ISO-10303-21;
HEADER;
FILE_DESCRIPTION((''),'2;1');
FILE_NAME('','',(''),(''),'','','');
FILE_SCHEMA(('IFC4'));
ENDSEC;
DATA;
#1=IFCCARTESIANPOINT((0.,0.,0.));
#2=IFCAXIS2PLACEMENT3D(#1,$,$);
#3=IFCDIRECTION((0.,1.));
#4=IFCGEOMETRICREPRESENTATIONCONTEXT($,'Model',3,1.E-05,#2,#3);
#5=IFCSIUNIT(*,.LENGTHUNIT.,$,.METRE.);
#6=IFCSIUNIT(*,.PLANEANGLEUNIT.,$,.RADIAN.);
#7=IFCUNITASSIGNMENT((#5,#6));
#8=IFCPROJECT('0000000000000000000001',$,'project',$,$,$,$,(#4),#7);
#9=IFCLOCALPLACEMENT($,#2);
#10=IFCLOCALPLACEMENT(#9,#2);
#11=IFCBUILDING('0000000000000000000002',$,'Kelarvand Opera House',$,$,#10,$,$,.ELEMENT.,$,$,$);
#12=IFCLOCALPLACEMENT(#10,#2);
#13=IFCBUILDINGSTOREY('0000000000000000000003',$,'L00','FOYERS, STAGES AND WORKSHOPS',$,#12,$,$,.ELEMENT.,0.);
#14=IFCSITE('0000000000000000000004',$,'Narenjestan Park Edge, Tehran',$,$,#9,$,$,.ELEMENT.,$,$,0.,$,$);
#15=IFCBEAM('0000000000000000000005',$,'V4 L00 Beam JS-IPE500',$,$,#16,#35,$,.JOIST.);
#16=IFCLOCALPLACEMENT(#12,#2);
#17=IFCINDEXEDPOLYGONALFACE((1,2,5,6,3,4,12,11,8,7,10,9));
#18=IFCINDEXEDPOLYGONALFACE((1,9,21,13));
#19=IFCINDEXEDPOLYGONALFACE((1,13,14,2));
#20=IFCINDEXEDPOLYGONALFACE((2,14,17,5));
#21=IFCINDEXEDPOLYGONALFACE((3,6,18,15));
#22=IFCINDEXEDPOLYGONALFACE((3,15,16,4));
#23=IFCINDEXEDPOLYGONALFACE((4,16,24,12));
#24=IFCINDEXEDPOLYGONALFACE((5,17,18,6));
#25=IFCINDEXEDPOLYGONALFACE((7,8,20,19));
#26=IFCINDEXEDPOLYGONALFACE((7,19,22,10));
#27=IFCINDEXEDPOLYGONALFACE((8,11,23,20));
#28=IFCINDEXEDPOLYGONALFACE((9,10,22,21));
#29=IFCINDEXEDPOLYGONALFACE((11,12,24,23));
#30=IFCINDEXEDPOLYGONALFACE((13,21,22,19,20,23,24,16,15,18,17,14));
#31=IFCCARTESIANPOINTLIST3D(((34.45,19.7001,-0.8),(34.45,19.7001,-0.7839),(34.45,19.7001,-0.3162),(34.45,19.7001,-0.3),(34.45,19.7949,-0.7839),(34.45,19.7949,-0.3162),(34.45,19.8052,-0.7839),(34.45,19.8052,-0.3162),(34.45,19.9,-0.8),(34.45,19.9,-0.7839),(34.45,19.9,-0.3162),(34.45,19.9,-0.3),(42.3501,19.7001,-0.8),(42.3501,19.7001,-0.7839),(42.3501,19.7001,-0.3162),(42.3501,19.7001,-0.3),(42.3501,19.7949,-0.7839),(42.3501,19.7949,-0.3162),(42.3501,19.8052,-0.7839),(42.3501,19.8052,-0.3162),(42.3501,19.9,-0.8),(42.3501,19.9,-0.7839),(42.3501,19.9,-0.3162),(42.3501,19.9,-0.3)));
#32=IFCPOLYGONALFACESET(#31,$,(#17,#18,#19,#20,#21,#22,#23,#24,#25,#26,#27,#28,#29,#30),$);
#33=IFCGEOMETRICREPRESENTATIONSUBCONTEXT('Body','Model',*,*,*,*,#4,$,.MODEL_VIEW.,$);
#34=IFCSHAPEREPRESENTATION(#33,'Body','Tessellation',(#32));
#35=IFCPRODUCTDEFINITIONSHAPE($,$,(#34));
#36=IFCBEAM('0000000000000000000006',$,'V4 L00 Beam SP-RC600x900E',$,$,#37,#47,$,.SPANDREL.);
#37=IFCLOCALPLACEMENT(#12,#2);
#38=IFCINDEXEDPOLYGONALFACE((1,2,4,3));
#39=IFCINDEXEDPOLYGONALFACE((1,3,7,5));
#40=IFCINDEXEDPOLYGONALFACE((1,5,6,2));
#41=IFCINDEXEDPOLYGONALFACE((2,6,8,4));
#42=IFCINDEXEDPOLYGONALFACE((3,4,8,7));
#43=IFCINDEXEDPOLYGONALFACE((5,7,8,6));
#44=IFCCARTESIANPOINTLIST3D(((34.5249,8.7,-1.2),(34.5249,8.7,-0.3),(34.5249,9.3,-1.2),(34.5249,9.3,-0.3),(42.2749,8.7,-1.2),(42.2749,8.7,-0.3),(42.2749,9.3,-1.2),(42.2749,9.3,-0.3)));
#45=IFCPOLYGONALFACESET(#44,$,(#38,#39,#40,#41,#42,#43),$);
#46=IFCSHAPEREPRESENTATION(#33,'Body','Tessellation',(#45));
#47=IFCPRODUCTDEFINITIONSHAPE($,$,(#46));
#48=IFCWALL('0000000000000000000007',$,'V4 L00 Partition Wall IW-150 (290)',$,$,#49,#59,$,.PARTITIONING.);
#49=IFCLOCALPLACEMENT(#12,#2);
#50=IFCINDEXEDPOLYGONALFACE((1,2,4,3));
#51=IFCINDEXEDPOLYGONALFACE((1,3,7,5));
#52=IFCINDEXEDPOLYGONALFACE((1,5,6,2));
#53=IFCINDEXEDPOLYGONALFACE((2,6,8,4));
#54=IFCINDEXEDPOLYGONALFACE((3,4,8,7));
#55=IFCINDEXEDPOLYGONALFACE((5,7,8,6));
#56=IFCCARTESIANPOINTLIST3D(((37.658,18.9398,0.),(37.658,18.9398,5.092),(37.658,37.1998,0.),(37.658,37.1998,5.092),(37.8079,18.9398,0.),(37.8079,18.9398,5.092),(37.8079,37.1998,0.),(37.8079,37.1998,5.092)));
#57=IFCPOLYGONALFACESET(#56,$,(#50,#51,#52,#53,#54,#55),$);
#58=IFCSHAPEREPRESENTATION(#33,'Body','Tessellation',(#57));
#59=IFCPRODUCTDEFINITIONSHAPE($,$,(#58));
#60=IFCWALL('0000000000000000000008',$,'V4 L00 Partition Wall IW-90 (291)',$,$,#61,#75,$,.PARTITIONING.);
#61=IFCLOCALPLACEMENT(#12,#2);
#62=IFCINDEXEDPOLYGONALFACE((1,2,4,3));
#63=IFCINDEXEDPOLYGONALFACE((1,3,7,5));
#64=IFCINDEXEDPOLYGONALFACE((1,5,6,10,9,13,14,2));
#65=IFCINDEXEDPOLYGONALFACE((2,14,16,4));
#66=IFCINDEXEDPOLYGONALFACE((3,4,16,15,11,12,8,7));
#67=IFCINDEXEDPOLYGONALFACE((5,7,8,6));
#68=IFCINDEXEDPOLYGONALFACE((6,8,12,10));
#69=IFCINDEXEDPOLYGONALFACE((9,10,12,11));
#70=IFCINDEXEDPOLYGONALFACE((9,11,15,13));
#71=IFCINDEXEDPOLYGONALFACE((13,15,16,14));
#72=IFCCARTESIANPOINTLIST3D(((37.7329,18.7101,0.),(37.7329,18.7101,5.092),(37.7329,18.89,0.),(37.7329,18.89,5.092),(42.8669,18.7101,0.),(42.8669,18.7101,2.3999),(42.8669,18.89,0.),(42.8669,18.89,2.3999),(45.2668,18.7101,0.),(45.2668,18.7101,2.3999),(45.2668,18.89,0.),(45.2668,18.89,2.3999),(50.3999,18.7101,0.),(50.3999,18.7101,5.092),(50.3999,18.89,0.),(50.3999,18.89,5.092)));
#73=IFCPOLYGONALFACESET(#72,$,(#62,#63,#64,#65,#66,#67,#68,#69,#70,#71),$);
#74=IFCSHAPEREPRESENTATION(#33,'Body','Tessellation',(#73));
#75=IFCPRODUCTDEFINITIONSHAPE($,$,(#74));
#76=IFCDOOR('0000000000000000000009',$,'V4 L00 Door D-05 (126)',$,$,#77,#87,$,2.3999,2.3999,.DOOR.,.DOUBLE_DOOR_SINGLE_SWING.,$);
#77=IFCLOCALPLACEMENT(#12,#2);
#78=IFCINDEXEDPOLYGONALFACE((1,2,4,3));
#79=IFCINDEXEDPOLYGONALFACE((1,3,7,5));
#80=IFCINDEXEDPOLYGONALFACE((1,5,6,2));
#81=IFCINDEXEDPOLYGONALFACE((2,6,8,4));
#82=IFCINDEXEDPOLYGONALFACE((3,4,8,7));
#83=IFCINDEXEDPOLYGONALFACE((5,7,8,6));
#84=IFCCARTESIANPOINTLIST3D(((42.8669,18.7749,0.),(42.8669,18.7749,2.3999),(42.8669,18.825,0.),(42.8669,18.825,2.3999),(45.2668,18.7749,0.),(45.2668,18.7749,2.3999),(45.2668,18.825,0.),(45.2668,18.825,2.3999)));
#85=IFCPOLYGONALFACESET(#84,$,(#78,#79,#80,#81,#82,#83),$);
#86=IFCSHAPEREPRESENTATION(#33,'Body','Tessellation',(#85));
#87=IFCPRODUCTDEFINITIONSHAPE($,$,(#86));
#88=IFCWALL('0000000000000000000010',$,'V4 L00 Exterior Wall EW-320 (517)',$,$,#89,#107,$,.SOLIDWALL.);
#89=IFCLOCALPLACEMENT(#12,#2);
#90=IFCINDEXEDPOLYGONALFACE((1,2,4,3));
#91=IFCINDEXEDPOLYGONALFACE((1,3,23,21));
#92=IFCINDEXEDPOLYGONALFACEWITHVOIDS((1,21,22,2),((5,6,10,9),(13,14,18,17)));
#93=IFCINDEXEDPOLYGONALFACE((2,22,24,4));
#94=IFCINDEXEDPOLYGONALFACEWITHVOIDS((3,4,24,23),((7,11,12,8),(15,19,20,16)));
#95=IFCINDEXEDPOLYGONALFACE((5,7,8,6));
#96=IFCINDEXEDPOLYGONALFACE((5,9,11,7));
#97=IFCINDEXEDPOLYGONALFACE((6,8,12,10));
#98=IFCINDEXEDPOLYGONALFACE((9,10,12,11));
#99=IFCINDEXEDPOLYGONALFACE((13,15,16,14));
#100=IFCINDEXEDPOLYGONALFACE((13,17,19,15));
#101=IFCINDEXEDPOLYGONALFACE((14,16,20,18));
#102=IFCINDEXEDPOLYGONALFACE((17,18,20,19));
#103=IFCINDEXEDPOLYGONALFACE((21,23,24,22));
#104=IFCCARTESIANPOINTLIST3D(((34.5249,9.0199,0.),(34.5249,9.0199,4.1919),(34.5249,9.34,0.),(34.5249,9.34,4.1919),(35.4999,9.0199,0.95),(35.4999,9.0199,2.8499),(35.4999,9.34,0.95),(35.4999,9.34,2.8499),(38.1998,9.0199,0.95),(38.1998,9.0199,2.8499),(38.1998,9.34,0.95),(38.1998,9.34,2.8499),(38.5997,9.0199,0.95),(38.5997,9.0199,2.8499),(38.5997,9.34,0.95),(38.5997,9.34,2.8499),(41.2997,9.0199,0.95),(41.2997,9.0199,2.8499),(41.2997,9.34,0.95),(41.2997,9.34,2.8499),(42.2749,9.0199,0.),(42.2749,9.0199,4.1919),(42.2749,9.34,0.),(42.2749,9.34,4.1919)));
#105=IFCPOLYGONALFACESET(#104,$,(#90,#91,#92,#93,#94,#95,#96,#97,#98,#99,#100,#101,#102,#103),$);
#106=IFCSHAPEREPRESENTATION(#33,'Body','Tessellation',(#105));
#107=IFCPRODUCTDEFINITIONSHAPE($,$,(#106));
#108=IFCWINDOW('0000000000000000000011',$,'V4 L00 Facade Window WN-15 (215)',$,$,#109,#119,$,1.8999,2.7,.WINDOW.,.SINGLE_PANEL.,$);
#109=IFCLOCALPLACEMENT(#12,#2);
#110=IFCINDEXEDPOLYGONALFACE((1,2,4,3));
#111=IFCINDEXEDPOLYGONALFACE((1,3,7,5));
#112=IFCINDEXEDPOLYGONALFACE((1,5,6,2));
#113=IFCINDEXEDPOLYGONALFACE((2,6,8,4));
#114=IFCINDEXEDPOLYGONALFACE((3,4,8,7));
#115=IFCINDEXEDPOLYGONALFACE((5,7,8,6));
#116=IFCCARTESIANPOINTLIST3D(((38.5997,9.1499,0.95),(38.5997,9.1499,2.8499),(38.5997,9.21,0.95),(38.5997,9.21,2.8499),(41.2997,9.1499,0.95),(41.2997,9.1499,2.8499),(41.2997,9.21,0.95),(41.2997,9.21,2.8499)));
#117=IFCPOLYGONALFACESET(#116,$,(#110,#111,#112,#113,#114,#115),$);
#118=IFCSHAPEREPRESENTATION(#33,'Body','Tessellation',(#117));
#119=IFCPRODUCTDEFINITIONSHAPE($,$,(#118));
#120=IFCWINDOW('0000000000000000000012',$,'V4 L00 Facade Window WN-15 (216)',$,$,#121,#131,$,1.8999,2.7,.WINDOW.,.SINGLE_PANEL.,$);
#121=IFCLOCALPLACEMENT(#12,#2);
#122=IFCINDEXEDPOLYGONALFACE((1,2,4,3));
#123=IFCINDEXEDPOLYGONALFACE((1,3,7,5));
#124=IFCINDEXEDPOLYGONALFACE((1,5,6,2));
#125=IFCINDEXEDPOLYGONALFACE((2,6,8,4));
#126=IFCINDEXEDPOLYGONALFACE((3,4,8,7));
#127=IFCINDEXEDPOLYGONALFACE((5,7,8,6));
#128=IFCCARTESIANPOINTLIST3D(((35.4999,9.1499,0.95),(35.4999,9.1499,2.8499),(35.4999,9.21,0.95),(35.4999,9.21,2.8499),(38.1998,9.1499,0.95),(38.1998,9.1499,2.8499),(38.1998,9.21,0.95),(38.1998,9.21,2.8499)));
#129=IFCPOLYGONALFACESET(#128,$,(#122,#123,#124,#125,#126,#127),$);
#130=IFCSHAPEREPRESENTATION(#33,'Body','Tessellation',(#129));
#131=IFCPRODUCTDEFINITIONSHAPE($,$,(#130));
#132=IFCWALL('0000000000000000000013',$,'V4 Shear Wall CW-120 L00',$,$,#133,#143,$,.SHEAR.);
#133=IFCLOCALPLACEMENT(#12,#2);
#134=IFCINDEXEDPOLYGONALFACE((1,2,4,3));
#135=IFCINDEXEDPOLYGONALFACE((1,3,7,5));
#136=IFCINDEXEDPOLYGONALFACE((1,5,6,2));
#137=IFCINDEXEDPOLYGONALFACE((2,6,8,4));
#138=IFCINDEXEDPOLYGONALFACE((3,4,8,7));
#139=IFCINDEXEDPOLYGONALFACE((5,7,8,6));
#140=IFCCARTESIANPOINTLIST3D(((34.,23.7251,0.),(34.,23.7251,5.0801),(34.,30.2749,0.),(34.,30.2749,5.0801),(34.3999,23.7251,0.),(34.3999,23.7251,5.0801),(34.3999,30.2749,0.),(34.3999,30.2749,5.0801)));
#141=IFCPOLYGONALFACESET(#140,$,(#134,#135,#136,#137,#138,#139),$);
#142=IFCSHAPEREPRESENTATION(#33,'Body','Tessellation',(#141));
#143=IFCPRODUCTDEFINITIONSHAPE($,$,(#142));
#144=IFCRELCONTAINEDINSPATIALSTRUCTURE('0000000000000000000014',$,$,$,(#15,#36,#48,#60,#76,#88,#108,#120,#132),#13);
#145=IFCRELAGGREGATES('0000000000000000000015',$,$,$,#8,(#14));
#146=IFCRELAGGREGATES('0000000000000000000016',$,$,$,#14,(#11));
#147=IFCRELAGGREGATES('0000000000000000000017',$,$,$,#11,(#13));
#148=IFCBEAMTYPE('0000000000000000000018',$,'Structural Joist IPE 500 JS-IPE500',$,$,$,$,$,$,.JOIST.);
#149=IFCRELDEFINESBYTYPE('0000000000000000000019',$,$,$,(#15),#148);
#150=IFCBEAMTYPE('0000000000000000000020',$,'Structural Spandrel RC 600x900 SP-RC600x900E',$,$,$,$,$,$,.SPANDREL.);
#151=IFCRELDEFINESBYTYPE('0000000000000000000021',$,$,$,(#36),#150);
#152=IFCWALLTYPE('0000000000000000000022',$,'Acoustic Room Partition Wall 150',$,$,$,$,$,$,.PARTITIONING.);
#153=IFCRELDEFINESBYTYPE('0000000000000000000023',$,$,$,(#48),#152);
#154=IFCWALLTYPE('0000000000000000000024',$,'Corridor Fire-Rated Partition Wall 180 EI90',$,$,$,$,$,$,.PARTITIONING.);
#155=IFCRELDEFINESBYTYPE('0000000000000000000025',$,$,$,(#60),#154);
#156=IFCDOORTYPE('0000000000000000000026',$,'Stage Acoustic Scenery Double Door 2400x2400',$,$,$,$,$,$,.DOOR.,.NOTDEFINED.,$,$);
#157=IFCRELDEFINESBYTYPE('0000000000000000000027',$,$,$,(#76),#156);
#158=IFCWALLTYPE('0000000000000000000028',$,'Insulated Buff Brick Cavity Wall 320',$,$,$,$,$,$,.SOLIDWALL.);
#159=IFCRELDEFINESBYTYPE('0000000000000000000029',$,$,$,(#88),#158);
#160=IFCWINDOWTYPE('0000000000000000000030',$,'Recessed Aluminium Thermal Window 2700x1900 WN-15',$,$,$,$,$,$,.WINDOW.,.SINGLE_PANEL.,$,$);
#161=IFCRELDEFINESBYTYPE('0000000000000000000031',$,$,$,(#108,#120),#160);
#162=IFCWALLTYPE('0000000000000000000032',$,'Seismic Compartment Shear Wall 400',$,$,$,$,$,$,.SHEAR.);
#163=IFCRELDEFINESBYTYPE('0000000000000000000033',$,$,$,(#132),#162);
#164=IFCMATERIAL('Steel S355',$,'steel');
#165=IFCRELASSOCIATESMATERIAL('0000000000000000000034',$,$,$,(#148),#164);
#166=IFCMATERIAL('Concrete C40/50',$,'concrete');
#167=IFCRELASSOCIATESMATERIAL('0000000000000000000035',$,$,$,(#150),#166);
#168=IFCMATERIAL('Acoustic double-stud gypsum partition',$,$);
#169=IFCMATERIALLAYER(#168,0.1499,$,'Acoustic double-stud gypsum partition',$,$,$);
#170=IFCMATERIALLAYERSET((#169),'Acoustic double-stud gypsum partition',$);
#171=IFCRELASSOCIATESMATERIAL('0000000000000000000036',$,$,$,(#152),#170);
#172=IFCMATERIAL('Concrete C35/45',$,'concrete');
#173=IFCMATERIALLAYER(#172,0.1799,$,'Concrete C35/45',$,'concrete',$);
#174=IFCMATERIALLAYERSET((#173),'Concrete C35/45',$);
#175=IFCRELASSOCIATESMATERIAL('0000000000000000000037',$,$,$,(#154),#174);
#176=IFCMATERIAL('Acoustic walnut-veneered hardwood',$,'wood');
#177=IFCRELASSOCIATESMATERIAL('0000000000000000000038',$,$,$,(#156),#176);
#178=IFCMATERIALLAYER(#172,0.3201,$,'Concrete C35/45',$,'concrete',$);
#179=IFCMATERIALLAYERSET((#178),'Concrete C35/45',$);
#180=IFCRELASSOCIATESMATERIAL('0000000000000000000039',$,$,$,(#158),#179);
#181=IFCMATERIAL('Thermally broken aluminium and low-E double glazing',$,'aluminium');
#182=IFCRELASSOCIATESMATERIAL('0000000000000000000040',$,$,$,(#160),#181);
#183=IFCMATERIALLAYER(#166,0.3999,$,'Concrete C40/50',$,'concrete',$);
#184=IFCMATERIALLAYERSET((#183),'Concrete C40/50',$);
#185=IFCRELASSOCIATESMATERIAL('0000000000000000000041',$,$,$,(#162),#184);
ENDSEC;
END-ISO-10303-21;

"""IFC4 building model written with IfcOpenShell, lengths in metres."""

from ifc_helpers import new_model, si_unit, direction, frame, frame_2d, origin, origin_2d, place, context, subcontext, project, spatial, rectangle, i_section, extrude, material, layer, layer_set, material_profile, profile_set, type_object, element, fill, save


model = new_model("IFC4")

# Units and contexts
model_context = context("Model", 3, precision=1e-05, world=origin(), true_north=direction((0.0, 1.0)))
body_context = subcontext(model_context, "Body", "Model", "MODEL_VIEW")
ifc_project = project(units=[si_unit("LENGTHUNIT", "METRE"), si_unit("PLANEANGLEUNIT", "RADIAN")], contexts=[model_context])

# Site, building, storey
site_placement = place(None, origin())
site = spatial("IfcSite", under=ifc_project, at=site_placement, Name="Narenjestan Park Edge, Tehran", CompositionType="ELEMENT", RefElevation=0.0)
building_placement = place(site_placement, origin())
building = spatial("IfcBuilding", under=site, at=building_placement, Name="Kelarvand Opera House", CompositionType="ELEMENT")
storey_placement = place(building_placement, origin())
storey = spatial("IfcBuildingStorey", under=building, at=storey_placement, Name="L00", Description="FOYERS, STAGES AND WORKSHOPS", CompositionType="ELEMENT", Elevation=0.0)

# Shared definitions
ifc_material_1 = material(Name="Concrete C40/50", Category="concrete")

# Beams
ifc_material_2 = material(Name="Steel S355", Category="steel")
ifc_material_profile_1 = material_profile(ifc_material_2, i_section(OverallWidth=0.2, OverallDepth=0.5, WebThickness=0.0103, FlangeThickness=0.0161, at=origin_2d()), Name="IPE 500", Category="steel")
ifc_profile_set_1 = profile_set([ifc_material_profile_1], Name="Steel S355")
beam_type_1 = type_object("IfcBeamType", Name="Structural Joist IPE 500 JS-IPE500", PredefinedType="JOIST", material=ifc_profile_set_1)
beam_1_placement = place(storey_placement, frame((34.45, 19.8, -0.55), z_axis=(1.0, 0.0, 0.0), x_axis=(0.0, 1.0, 0.0)))
element("IfcBeam", 1, at=beam_1_placement, inside=storey, type_object=beam_type_1, Name="V4 L00 Beam JS-IPE500", PredefinedType="JOIST", context=body_context, shape_type="SweptSolid", body=[
    extrude(i_section(OverallWidth=0.2, OverallDepth=0.5, WebThickness=0.0103, FlangeThickness=0.0161, at=origin_2d()), origin(), (0.0, 0.0, 1.0), 7.9001),
])
ifc_material_profile_2 = material_profile(ifc_material_1, rectangle(XDim=0.6001, YDim=0.8999, at=origin_2d()), Name="RC 600x900", Category="concrete")
ifc_profile_set_2 = profile_set([ifc_material_profile_2], Name="Concrete C40/50")
beam_type_2 = type_object("IfcBeamType", Name="Structural Spandrel RC 600x900 SP-RC600x900E", PredefinedType="SPANDREL", material=ifc_profile_set_2)
beam_2_placement = place(storey_placement, frame((34.5249, 9.0, -0.75), z_axis=(1.0, 0.0, 0.0), x_axis=(0.0, 1.0, 0.0)))
element("IfcBeam", 2, at=beam_2_placement, inside=storey, type_object=beam_type_2, Name="V4 L00 Beam SP-RC600x900E", PredefinedType="SPANDREL", context=body_context, shape_type="SweptSolid", body=[
    extrude(rectangle(XDim=0.6001, YDim=0.8999, at=origin_2d()), origin(), (0.0, 0.0, 1.0), 7.75),
])

# Wall
ifc_material_3 = material(Name="Acoustic double-stud gypsum partition")
ifc_layer_1 = layer(ifc_material_3, 0.1499, Name="Acoustic double-stud gypsum partition")
ifc_layer_set_1 = layer_set([ifc_layer_1], Name="Acoustic double-stud gypsum partition")
wall_type_1 = type_object("IfcWallType", Name="Acoustic Room Partition Wall 150", PredefinedType="PARTITIONING", material=ifc_layer_set_1)
wall_1_placement = place(storey_placement, frame((37.7329, 18.9399, 0.0), z_axis=(0.0, 0.0, 1.0), x_axis=(0.0, 1.0, 0.0)))
element("IfcWall", 3, at=wall_1_placement, inside=storey, type_object=wall_type_1, Name="V4 L00 Partition Wall IW-150 (290)", PredefinedType="PARTITIONING", context=body_context, shape_type="SweptSolid", body=[
    extrude(rectangle(XDim=18.26, YDim=0.1499, at=frame_2d((9.1299, 0.0))), origin(), (0.0, 0.0, 1.0), 5.092),
])

# Wall, opening, door
ifc_material_4 = material(Name="Concrete C35/45", Category="concrete")
ifc_layer_2 = layer(ifc_material_4, 0.1799, Name="Concrete C35/45", Category="concrete")
ifc_layer_set_2 = layer_set([ifc_layer_2], Name="Concrete C35/45")
wall_type_2 = type_object("IfcWallType", Name="Corridor Fire-Rated Partition Wall 180 EI90", PredefinedType="PARTITIONING", material=ifc_layer_set_2)
wall_2_placement = place(storey_placement, frame((37.7329, 18.8, 0.0), z_axis=(0.0, 0.0, 1.0), x_axis=(1.0, 0.0, 0.0)))
wall_2 = element("IfcWall", 4, at=wall_2_placement, inside=storey, type_object=wall_type_2, Name="V4 L00 Partition Wall IW-90 (291)", PredefinedType="PARTITIONING", context=body_context, shape_type="SweptSolid", body=[
    extrude(rectangle(XDim=12.667, YDim=0.1799, at=frame_2d((6.3335, 0.0))), origin(), (0.0, 0.0, 1.0), 5.092),
])
opening_1_placement = place(wall_2_placement, frame((5.134, 0.0, 0.0)))
opening_1 = element("IfcOpeningElement", 5, at=opening_1_placement, cuts=wall_2, PredefinedType="OPENING", context=body_context, shape_type="SweptSolid", body=[
    extrude(rectangle(XDim=2.3999, YDim=2.3999, at=frame_2d((1.2, 1.2))), frame((0.0, 0.1001, 0.0), z_axis=(0.0, -1.0, 0.0), x_axis=(1.0, 0.0, 0.0)), (0.0, 0.0, 1.0), 0.2),
])
ifc_material_5 = material(Name="Acoustic walnut-veneered hardwood", Category="wood")
door_type = type_object("IfcDoorType", Name="Stage Acoustic Scenery Double Door 2400x2400", OperationType="NOTDEFINED", PredefinedType="DOOR", material=ifc_material_5)
door_placement = place(opening_1_placement, origin())
door = element("IfcDoor", 6, at=door_placement, inside=storey, type_object=door_type, Name="V4 L00 Door D-05 (126)", OperationType="DOUBLE_DOOR_SINGLE_SWING", OverallHeight=2.3999, OverallWidth=2.3999, PredefinedType="DOOR", context=body_context, shape_type="SweptSolid", body=[
    extrude(rectangle(XDim=2.3999, YDim=2.3999, at=frame_2d((1.2, 1.2))), frame((0.0, 0.0249, 0.0), z_axis=(0.0, -1.0, 0.0), x_axis=(1.0, 0.0, 0.0)), (0.0, 0.0, 1.0), 0.05),
])
fill(opening_1, door)

# Wall, openings, windows
ifc_layer_3 = layer(ifc_material_4, 0.3201, Name="Concrete C35/45", Category="concrete")
ifc_layer_set_3 = layer_set([ifc_layer_3], Name="Concrete C35/45")
wall_type_3 = type_object("IfcWallType", Name="Insulated Buff Brick Cavity Wall 320", PredefinedType="SOLIDWALL", material=ifc_layer_set_3)
wall_3_placement = place(storey_placement, frame((42.2749, 9.1799, 0.0), z_axis=(0.0, 0.0, 1.0), x_axis=(-1.0, 0.0, 0.0)))
wall_3 = element("IfcWall", 7, at=wall_3_placement, inside=storey, type_object=wall_type_3, Name="V4 L00 Exterior Wall EW-320 (517)", PredefinedType="SOLIDWALL", context=body_context, shape_type="SweptSolid", body=[
    extrude(rectangle(XDim=7.75, YDim=0.3201, at=frame_2d((3.875, 0.0))), origin(), (0.0, 0.0, 1.0), 4.1919),
])
opening_2_placement = place(wall_3_placement, frame((0.9751, 0.0, 0.95)))
opening_2 = element("IfcOpeningElement", 8, at=opening_2_placement, cuts=wall_3, PredefinedType="OPENING", context=body_context, shape_type="SweptSolid", body=[
    extrude(rectangle(XDim=2.7, YDim=1.8999, at=frame_2d((1.3501, 0.95))), frame((0.0, 0.1699, 0.0), z_axis=(0.0, -1.0, 0.0), x_axis=(1.0, 0.0, 0.0)), (0.0, 0.0, 1.0), 0.3401),
])
opening_3_placement = place(wall_3_placement, frame((4.075, 0.0, 0.95)))
opening_3 = element("IfcOpeningElement", 9, at=opening_3_placement, cuts=wall_3, PredefinedType="OPENING", context=body_context, shape_type="SweptSolid", body=[
    extrude(rectangle(XDim=2.7, YDim=1.8999, at=frame_2d((1.3501, 0.95))), frame((0.0, 0.1699, 0.0), z_axis=(0.0, -1.0, 0.0), x_axis=(1.0, 0.0, 0.0)), (0.0, 0.0, 1.0), 0.3401),
])
ifc_material_6 = material(Name="Thermally broken aluminium and low-E double glazing", Category="aluminium")
window_type = type_object("IfcWindowType", Name="Recessed Aluminium Thermal Window 2700x1900 WN-15", PartitioningType="SINGLE_PANEL", PredefinedType="WINDOW", material=ifc_material_6)
window_1_placement = place(opening_2_placement, origin())
window_1 = element("IfcWindow", 10, at=window_1_placement, inside=storey, type_object=window_type, Name="V4 L00 Facade Window WN-15 (215)", OverallHeight=1.8999, OverallWidth=2.7, PartitioningType="SINGLE_PANEL", PredefinedType="WINDOW", context=body_context, shape_type="SweptSolid", body=[
    extrude(rectangle(XDim=2.7, YDim=1.8999, at=frame_2d((1.3501, 0.95))), frame((0.0, 0.03, 0.0), z_axis=(0.0, -1.0, 0.0), x_axis=(1.0, 0.0, 0.0)), (0.0, 0.0, 1.0), 0.0601),
])
fill(opening_2, window_1)
window_2_placement = place(opening_3_placement, origin())
window_2 = element("IfcWindow", 11, at=window_2_placement, inside=storey, type_object=window_type, Name="V4 L00 Facade Window WN-15 (216)", OverallHeight=1.8999, OverallWidth=2.7, PartitioningType="SINGLE_PANEL", PredefinedType="WINDOW", context=body_context, shape_type="SweptSolid", body=[
    extrude(rectangle(XDim=2.7, YDim=1.8999, at=frame_2d((1.3501, 0.95))), frame((0.0, 0.03, 0.0), z_axis=(0.0, -1.0, 0.0), x_axis=(1.0, 0.0, 0.0)), (0.0, 0.0, 1.0), 0.0601),
])
fill(opening_3, window_2)

# Wall
ifc_layer_4 = layer(ifc_material_1, 0.3999, Name="Concrete C40/50", Category="concrete")
ifc_layer_set_4 = layer_set([ifc_layer_4], Name="Concrete C40/50")
wall_type_4 = type_object("IfcWallType", Name="Seismic Compartment Shear Wall 400", PredefinedType="SHEAR", material=ifc_layer_set_4)
wall_4_placement = place(storey_placement, frame((34.2, 23.7251, 0.0), z_axis=(0.0, 0.0, 1.0), x_axis=(0.0, 1.0, 0.0)))
element("IfcWall", 12, at=wall_4_placement, inside=storey, type_object=wall_type_4, Name="V4 Shear Wall CW-120 L00", PredefinedType="SHEAR", context=body_context, shape_type="SweptSolid", body=[
    extrude(rectangle(XDim=6.5498, YDim=0.3999, at=frame_2d((3.2749, 0.0))), origin(), (0.0, 0.0, 1.0), 5.0801),
])

save(model, "model.ifc")
